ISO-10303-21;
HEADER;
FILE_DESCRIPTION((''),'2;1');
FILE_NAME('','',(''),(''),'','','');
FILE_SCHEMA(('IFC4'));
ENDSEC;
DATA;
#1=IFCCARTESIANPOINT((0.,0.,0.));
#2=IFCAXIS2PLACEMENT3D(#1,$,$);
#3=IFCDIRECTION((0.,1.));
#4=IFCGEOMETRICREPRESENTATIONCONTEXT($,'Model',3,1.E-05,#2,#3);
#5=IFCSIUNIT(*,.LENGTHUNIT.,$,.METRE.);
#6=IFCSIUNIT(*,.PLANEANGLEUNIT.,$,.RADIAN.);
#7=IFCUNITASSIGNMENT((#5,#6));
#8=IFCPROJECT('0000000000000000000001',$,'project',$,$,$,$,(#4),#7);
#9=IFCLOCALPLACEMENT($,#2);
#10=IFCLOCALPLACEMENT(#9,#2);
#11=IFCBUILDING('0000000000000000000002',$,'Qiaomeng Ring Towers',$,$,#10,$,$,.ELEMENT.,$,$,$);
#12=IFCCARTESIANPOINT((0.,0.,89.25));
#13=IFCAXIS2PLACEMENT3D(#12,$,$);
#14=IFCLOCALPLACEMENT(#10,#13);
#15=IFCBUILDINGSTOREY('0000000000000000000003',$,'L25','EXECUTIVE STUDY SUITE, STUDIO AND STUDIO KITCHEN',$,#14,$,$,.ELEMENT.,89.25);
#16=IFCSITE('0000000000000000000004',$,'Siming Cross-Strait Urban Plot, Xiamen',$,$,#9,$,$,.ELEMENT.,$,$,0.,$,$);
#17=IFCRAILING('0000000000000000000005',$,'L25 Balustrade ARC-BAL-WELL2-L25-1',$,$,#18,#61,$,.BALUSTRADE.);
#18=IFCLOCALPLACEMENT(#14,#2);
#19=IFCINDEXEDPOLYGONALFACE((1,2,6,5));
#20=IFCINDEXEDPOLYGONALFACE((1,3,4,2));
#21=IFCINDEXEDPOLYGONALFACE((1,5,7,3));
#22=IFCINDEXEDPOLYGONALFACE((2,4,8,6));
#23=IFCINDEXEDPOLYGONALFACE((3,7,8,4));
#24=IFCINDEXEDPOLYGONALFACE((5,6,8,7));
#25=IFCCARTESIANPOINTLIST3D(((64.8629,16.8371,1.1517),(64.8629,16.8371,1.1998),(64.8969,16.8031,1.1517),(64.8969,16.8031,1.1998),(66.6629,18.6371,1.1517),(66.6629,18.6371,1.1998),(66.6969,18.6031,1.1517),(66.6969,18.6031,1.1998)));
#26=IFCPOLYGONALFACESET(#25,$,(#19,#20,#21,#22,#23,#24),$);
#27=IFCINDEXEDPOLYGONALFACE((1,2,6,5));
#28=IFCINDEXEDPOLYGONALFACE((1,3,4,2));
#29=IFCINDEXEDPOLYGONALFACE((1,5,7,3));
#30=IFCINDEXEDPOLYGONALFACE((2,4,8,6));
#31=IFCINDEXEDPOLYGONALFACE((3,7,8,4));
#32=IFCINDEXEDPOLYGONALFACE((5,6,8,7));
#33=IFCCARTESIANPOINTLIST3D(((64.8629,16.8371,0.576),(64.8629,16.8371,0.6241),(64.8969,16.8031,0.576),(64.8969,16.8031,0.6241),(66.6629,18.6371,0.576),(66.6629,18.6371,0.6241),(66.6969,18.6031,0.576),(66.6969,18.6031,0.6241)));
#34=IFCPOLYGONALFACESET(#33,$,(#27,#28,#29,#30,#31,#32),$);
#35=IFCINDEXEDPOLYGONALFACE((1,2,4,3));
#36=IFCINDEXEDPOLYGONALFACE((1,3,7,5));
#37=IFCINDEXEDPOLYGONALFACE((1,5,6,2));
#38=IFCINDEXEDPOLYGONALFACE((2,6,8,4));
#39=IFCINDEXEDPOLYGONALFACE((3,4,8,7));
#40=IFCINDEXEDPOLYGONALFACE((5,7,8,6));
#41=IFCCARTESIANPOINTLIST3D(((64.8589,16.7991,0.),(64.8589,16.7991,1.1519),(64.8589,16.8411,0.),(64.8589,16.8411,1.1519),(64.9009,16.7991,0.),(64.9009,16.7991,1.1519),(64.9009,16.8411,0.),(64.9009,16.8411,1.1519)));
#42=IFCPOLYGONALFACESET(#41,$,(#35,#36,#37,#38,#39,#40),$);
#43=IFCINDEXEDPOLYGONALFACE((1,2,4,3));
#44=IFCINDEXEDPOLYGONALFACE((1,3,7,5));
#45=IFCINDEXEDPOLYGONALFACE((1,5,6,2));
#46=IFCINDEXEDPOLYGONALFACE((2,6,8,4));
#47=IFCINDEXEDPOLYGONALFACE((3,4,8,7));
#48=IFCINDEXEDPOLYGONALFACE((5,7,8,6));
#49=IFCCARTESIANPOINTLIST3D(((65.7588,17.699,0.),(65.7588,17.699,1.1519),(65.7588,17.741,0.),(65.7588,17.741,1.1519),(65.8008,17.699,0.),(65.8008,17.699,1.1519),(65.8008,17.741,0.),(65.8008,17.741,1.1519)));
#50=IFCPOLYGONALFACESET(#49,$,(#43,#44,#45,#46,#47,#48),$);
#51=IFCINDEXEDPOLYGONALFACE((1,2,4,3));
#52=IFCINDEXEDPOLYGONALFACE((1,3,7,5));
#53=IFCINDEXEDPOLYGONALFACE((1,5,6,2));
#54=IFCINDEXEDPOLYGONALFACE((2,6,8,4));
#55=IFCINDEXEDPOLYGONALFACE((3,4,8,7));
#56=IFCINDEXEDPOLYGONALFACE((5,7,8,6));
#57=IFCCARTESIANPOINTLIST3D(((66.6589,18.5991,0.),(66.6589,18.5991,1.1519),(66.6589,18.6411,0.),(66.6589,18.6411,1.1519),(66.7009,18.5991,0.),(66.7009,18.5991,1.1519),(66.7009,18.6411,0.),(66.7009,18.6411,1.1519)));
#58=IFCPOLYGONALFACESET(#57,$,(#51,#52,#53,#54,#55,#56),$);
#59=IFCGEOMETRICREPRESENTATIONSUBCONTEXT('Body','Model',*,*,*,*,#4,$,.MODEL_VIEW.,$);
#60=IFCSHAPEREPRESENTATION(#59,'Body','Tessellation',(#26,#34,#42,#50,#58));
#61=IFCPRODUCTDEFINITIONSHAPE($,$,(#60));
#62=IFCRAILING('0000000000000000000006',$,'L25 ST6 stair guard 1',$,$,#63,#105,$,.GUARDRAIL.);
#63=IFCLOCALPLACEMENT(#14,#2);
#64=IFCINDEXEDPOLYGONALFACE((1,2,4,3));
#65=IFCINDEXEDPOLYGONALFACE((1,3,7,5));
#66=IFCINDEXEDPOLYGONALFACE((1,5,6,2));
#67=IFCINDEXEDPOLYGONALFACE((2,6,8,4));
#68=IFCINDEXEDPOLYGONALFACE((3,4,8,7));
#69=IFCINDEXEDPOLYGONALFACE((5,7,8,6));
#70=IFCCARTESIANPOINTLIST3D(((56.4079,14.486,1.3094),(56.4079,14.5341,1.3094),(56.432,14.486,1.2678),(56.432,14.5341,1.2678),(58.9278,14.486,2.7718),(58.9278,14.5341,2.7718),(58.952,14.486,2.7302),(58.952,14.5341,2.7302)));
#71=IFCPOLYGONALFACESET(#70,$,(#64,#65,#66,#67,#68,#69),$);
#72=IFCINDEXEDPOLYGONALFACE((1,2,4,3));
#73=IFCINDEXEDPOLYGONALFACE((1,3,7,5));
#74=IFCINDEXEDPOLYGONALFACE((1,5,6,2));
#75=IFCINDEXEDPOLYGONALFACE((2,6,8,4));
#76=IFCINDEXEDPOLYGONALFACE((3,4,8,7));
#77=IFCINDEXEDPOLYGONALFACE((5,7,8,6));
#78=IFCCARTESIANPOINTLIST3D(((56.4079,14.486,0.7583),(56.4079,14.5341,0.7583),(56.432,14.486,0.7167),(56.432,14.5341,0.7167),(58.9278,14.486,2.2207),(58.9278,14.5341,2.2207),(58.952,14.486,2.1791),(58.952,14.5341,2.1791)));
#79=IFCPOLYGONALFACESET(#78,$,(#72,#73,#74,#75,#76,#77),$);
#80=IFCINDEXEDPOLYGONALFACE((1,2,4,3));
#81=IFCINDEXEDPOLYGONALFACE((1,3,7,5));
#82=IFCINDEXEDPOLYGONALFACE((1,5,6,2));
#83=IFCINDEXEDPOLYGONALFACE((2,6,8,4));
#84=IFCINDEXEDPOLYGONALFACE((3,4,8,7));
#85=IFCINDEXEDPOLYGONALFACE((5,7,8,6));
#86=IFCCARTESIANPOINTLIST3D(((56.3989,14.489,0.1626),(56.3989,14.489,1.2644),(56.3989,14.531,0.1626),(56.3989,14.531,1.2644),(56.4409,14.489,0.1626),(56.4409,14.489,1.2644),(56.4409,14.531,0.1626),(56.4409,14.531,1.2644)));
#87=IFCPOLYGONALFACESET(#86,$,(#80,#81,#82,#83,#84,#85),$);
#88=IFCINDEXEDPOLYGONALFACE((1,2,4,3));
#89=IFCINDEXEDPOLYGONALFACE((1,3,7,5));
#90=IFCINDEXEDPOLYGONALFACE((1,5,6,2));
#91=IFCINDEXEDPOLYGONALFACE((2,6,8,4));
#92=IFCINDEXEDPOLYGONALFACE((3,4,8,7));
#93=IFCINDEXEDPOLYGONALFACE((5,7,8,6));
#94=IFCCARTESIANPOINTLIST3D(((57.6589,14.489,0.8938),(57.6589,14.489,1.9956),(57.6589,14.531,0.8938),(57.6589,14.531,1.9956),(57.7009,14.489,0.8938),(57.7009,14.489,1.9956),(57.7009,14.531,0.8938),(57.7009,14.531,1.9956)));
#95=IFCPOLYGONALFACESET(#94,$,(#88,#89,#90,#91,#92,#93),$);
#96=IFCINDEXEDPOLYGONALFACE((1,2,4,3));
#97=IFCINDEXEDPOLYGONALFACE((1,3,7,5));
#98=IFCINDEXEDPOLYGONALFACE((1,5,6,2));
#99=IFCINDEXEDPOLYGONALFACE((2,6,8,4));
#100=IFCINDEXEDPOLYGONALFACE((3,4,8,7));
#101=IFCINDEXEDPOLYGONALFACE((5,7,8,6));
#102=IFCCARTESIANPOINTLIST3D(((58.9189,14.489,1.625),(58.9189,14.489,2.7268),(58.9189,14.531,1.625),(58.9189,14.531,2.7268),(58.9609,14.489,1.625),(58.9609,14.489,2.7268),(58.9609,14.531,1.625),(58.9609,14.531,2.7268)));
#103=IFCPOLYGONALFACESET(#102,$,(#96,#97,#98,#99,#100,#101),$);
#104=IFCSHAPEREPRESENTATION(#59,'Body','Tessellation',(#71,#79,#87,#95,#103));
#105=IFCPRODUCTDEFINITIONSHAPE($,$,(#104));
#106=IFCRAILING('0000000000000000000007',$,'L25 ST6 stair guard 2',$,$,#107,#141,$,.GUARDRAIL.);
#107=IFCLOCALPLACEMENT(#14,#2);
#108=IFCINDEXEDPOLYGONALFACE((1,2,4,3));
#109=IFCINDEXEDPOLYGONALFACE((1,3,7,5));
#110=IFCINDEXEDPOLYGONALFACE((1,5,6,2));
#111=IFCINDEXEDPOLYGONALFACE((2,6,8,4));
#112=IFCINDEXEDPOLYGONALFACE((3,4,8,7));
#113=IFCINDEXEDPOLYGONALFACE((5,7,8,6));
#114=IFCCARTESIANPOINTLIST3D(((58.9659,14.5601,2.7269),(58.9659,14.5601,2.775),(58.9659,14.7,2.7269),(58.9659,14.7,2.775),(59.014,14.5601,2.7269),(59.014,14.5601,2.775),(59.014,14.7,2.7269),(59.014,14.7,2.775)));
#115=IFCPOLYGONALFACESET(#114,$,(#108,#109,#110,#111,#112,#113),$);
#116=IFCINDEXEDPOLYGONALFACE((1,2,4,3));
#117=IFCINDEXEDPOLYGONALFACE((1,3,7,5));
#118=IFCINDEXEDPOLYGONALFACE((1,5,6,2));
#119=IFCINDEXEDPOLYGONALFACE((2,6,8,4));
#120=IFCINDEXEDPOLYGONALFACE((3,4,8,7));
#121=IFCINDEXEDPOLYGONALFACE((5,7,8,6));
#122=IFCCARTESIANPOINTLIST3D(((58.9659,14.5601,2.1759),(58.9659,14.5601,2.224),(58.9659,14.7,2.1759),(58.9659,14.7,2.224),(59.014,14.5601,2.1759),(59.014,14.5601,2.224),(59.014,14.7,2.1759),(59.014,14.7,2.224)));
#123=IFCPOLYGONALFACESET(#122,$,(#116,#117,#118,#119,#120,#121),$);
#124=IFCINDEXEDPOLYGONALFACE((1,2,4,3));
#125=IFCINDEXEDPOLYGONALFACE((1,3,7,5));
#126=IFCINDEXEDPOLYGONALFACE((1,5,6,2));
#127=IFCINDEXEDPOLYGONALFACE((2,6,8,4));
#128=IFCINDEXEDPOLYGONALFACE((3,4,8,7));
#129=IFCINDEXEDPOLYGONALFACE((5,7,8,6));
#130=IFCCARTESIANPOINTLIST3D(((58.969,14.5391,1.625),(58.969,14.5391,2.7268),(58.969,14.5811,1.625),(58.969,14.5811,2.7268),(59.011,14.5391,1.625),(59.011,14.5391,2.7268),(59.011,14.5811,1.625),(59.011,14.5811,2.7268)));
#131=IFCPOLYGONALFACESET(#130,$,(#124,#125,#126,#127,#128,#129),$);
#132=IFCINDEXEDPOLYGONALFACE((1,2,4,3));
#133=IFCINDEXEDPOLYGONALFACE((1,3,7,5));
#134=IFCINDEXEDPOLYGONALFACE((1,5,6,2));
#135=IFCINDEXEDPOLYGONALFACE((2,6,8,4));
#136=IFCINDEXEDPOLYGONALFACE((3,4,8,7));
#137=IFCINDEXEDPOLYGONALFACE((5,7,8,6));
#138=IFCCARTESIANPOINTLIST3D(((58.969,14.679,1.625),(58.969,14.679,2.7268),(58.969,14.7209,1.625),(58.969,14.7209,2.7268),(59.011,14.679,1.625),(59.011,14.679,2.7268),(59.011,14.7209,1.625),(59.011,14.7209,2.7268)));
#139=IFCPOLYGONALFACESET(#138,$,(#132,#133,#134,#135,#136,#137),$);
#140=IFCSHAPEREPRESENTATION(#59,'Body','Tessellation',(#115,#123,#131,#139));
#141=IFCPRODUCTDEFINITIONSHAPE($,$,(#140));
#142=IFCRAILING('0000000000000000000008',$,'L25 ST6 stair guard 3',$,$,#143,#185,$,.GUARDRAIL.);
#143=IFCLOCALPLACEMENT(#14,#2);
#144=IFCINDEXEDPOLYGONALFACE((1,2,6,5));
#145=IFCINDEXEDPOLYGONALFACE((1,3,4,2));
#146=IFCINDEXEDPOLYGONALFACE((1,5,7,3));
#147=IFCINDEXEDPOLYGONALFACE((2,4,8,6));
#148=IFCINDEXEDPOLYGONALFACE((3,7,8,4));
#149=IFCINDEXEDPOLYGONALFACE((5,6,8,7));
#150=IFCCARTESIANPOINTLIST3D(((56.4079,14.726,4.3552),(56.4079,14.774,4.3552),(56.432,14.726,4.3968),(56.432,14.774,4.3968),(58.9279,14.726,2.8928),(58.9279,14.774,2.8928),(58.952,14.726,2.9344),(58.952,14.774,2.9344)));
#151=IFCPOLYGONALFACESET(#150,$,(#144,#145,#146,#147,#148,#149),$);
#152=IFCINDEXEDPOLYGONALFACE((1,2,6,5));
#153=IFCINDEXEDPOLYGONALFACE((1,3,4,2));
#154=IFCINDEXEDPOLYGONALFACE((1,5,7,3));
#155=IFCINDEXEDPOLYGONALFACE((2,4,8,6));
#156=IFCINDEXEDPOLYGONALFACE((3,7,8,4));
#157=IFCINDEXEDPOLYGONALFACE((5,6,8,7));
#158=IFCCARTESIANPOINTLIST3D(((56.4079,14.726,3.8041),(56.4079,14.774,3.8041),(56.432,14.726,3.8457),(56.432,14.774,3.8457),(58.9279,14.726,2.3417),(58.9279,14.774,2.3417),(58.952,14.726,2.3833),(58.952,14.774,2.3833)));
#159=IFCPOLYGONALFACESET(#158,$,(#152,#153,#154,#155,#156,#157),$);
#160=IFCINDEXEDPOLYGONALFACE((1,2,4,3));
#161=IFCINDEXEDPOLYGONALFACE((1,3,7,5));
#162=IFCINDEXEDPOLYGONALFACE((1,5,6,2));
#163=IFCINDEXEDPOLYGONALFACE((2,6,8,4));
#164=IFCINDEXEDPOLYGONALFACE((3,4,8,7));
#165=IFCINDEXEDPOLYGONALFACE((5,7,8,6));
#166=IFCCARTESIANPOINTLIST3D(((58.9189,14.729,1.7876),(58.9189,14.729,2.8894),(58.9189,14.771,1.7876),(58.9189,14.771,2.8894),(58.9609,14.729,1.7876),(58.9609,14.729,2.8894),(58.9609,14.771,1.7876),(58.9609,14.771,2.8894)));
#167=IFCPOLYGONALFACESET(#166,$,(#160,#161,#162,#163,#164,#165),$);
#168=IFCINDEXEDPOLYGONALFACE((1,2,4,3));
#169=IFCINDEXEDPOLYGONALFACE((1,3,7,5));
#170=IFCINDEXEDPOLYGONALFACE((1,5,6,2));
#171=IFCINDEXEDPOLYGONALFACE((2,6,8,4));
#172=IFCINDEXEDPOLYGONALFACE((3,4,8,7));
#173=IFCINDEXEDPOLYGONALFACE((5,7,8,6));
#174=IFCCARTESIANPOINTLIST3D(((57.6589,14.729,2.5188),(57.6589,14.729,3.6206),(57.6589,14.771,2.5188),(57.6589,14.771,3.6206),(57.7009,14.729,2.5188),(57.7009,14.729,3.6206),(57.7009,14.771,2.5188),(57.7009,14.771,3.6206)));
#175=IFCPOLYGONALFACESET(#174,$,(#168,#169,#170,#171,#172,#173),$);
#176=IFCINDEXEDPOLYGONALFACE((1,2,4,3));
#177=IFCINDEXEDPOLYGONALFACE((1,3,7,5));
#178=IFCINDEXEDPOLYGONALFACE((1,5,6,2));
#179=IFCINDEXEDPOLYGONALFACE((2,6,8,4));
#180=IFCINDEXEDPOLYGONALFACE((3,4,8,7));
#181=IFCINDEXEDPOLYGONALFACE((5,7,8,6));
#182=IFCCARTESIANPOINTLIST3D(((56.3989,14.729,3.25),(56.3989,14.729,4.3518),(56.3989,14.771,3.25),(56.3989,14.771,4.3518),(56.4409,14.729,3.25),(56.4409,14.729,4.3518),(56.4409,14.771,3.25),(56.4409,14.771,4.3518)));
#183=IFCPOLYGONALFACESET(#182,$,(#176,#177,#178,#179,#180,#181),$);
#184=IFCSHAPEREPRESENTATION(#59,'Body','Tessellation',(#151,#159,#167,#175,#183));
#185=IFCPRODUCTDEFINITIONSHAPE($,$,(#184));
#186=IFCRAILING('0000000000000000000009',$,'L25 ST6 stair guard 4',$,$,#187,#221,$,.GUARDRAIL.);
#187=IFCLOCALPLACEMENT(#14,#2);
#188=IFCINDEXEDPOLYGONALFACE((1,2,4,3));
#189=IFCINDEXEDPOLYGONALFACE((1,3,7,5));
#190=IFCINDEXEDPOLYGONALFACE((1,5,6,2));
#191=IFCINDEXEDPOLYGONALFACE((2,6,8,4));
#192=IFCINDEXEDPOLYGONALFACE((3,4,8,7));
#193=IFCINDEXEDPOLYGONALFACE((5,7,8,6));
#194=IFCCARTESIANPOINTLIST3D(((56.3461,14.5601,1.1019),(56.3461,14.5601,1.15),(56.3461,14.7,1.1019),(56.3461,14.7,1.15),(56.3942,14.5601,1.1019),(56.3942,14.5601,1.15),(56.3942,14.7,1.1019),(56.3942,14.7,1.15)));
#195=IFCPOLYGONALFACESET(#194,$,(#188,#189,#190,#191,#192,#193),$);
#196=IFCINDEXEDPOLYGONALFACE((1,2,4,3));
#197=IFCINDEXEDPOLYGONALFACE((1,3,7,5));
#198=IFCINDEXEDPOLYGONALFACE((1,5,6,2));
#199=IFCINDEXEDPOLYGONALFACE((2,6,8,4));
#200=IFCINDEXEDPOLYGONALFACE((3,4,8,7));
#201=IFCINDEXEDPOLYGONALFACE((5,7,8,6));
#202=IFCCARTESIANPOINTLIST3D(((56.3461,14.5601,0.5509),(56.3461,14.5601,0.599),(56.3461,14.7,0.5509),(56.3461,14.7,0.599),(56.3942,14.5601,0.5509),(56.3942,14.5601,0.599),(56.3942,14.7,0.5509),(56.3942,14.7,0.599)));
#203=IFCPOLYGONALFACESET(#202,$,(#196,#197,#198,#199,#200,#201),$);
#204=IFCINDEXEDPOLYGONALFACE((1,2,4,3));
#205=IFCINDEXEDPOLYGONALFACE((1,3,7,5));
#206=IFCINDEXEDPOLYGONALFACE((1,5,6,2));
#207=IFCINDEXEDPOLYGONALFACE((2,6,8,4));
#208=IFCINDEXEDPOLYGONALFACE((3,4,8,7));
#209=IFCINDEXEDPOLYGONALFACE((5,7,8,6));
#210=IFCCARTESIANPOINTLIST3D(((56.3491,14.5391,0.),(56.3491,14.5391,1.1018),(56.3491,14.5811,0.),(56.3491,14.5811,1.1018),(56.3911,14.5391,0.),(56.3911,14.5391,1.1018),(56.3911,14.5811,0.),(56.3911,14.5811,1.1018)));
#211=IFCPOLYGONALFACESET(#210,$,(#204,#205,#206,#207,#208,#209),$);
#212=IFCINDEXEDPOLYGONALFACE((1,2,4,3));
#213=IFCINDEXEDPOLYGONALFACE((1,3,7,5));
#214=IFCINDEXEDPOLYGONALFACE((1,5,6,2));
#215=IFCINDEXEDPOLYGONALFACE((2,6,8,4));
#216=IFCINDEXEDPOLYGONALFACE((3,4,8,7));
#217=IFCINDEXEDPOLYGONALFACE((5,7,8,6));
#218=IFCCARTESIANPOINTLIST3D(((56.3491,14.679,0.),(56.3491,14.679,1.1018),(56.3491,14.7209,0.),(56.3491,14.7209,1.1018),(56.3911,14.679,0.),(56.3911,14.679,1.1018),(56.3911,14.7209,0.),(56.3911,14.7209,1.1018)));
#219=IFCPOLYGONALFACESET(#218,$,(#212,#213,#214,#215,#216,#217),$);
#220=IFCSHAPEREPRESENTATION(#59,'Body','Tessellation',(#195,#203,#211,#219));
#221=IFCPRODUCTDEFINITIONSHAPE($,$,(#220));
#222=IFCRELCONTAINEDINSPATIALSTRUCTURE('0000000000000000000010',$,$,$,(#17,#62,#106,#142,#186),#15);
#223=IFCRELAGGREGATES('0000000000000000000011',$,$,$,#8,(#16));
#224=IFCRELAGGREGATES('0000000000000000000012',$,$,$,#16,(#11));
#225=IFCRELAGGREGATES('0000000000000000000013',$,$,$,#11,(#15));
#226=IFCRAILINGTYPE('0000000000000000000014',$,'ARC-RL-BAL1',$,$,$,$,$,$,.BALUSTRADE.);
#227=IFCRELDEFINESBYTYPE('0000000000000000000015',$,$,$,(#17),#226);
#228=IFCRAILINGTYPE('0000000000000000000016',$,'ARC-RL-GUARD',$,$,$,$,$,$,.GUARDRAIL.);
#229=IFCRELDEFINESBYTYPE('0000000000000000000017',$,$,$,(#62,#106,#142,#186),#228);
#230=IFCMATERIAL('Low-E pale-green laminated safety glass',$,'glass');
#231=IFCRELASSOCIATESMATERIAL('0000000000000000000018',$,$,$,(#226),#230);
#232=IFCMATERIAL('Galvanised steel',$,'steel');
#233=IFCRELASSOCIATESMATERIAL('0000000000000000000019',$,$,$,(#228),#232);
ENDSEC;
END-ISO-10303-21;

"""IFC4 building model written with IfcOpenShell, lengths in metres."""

from ifc_helpers import new_model, si_unit, direction, frame, origin, origin_2d, place, context, subcontext, project, spatial, rectangle, extrude, material, type_object, element, save


model = new_model("IFC4")

# Units and contexts
model_context = context("Model", 3, precision=1e-05, world=origin(), true_north=direction((0.0, 1.0)))
body_context = subcontext(model_context, "Body", "Model", "MODEL_VIEW")
ifc_project = project(units=[si_unit("LENGTHUNIT", "METRE"), si_unit("PLANEANGLEUNIT", "RADIAN")], contexts=[model_context])

# Site, building, storey
site_placement = place(None, origin())
site = spatial("IfcSite", under=ifc_project, at=site_placement, Name="Siming Cross-Strait Urban Plot, Xiamen", CompositionType="ELEMENT", RefElevation=0.0)
building_placement = place(site_placement, origin())
building = spatial("IfcBuilding", under=site, at=building_placement, Name="Qiaomeng Ring Towers", CompositionType="ELEMENT")
storey_placement = place(building_placement, frame((0.0, 0.0, 89.25)))
storey = spatial("IfcBuildingStorey", under=building, at=storey_placement, Name="L25", Description="EXECUTIVE STUDY SUITE, STUDIO AND STUDIO KITCHEN", CompositionType="ELEMENT", Elevation=89.25)

# Shared definitions
ifc_material_1 = material(Name="Galvanised steel", Category="steel")

# Railings
ifc_material_2 = material(Name="Low-E pale-green laminated safety glass", Category="glass")
railing_type_1 = type_object("IfcRailingType", Name="ARC-RL-BAL1", PredefinedType="BALUSTRADE", material=ifc_material_2)
railing_1_placement = place(storey_placement, frame((64.8799, 16.8201, 0.0)))
element("IfcRailing", 1, at=railing_1_placement, inside=storey, type_object=railing_type_1, Name="L25 Balustrade ARC-BAL-WELL2-L25-1", PredefinedType="BALUSTRADE", context=body_context, shape_type="SweptSolid", body=[
    extrude(rectangle(XDim=0.0481, YDim=0.0481, at=origin_2d()), frame((0.0, 0.0, 1.1758), z_axis=(0.707107, 0.707107, 0.0), x_axis=(-0.707107, 0.707107, 0.0)), (0.0, 0.0, 1.0), 2.5457),
    extrude(rectangle(XDim=0.0481, YDim=0.0481, at=origin_2d()), frame((0.0, 0.0, 0.6001), z_axis=(0.707107, 0.707107, 0.0), x_axis=(-0.707107, 0.707107, 0.0)), (0.0, 0.0, 1.0), 2.5457),
    extrude(rectangle(XDim=0.042, YDim=0.042, at=origin_2d()), origin(), (0.0, 0.0, 1.0), 1.1519),
    extrude(rectangle(XDim=0.042, YDim=0.042, at=origin_2d()), frame((0.8999, 0.8999, 0.0)), (0.0, 0.0, 1.0), 1.1519),
    extrude(rectangle(XDim=0.042, YDim=0.042, at=origin_2d()), frame((1.8, 1.8, 0.0)), (0.0, 0.0, 1.0), 1.1519),
])
railing_type_2 = type_object("IfcRailingType", Name="ARC-RL-GUARD", PredefinedType="GUARDRAIL", material=ifc_material_1)
railing_2_placement = place(storey_placement, frame((56.4199, 14.51, 0.1626)))
element("IfcRailing", 2, at=railing_2_placement, inside=storey, type_object=railing_type_2, Name="L25 ST6 stair guard 1", PredefinedType="GUARDRAIL", context=body_context, shape_type="SweptSolid", body=[
    extrude(rectangle(XDim=0.0481, YDim=0.0481, at=origin_2d()), frame((0.0, 0.0, 1.126), z_axis=(0.864913, 0.0, 0.501921), x_axis=(0.0, 1.0, 0.0)), (0.0, 0.0, 1.0), 2.9136),
    extrude(rectangle(XDim=0.0481, YDim=0.0481, at=origin_2d()), frame((0.0, 0.0, 0.575), z_axis=(0.864913, 0.0, 0.501921), x_axis=(0.0, 1.0, 0.0)), (0.0, 0.0, 1.0), 2.9136),
    extrude(rectangle(XDim=0.042, YDim=0.042, at=origin_2d()), origin(), (0.0, 0.0, 1.0), 1.1018),
    extrude(rectangle(XDim=0.042, YDim=0.042, at=origin_2d()), frame((1.26, 0.0, 0.7312)), (0.0, 0.0, 1.0), 1.1018),
    extrude(rectangle(XDim=0.042, YDim=0.042, at=origin_2d()), frame((2.52, 0.0, 1.4624)), (0.0, 0.0, 1.0), 1.1018),
])
railing_3_placement = place(storey_placement, frame((58.99, 14.5601, 1.625)))
element("IfcRailing", 3, at=railing_3_placement, inside=storey, type_object=railing_type_2, Name="L25 ST6 stair guard 2", PredefinedType="GUARDRAIL", context=body_context, shape_type="SweptSolid", body=[
    extrude(rectangle(XDim=0.0481, YDim=0.0481, at=origin_2d()), frame((0.0, 0.0, 1.126), z_axis=(0.0, 1.0, 0.0), x_axis=(-1.0, 0.0, 0.0)), (0.0, 0.0, 1.0), 0.1399),
    extrude(rectangle(XDim=0.0481, YDim=0.0481, at=origin_2d()), frame((0.0, 0.0, 0.575), z_axis=(0.0, 1.0, 0.0), x_axis=(-1.0, 0.0, 0.0)), (0.0, 0.0, 1.0), 0.1399),
    extrude(rectangle(XDim=0.042, YDim=0.042, at=origin_2d()), origin(), (0.0, 0.0, 1.0), 1.1018),
    extrude(rectangle(XDim=0.042, YDim=0.042, at=origin_2d()), frame((0.0, 0.1399, 0.0)), (0.0, 0.0, 1.0), 1.1018),
])
railing_4_placement = place(storey_placement, frame((58.9399, 14.75, 1.7876)))
element("IfcRailing", 4, at=railing_4_placement, inside=storey, type_object=railing_type_2, Name="L25 ST6 stair guard 3", PredefinedType="GUARDRAIL", context=body_context, shape_type="SweptSolid", body=[
    extrude(rectangle(XDim=0.0481, YDim=0.0481, at=origin_2d()), frame((0.0, 0.0, 1.126), z_axis=(-0.864913, 0.0, 0.501921), x_axis=(0.0, -1.0, 0.0)), (0.0, 0.0, 1.0), 2.9136),
    extrude(rectangle(XDim=0.0481, YDim=0.0481, at=origin_2d()), frame((0.0, 0.0, 0.575), z_axis=(-0.864913, 0.0, 0.501921), x_axis=(0.0, -1.0, 0.0)), (0.0, 0.0, 1.0), 2.9136),
    extrude(rectangle(XDim=0.042, YDim=0.042, at=origin_2d()), origin(), (0.0, 0.0, 1.0), 1.1018),
    extrude(rectangle(XDim=0.042, YDim=0.042, at=origin_2d()), frame((-1.26, 0.0, 0.7312)), (0.0, 0.0, 1.0), 1.1018),
    extrude(rectangle(XDim=0.042, YDim=0.042, at=origin_2d()), frame((-2.52, 0.0, 1.4624)), (0.0, 0.0, 1.0), 1.1018),
])
railing_5_placement = place(storey_placement, frame((56.3701, 14.5601, 0.0)))
element("IfcRailing", 5, at=railing_5_placement, inside=storey, type_object=railing_type_2, Name="L25 ST6 stair guard 4", PredefinedType="GUARDRAIL", context=body_context, shape_type="SweptSolid", body=[
    extrude(rectangle(XDim=0.0481, YDim=0.0481, at=origin_2d()), frame((0.0, 0.0, 1.126), z_axis=(0.0, 1.0, 0.0), x_axis=(-1.0, 0.0, 0.0)), (0.0, 0.0, 1.0), 0.1399),
    extrude(rectangle(XDim=0.0481, YDim=0.0481, at=origin_2d()), frame((0.0, 0.0, 0.575), z_axis=(0.0, 1.0, 0.0), x_axis=(-1.0, 0.0, 0.0)), (0.0, 0.0, 1.0), 0.1399),
    extrude(rectangle(XDim=0.042, YDim=0.042, at=origin_2d()), origin(), (0.0, 0.0, 1.0), 1.1018),
    extrude(rectangle(XDim=0.042, YDim=0.042, at=origin_2d()), frame((0.0, 0.1399, 0.0)), (0.0, 0.0, 1.0), 1.1018),
])

save(model, "model.ifc")
